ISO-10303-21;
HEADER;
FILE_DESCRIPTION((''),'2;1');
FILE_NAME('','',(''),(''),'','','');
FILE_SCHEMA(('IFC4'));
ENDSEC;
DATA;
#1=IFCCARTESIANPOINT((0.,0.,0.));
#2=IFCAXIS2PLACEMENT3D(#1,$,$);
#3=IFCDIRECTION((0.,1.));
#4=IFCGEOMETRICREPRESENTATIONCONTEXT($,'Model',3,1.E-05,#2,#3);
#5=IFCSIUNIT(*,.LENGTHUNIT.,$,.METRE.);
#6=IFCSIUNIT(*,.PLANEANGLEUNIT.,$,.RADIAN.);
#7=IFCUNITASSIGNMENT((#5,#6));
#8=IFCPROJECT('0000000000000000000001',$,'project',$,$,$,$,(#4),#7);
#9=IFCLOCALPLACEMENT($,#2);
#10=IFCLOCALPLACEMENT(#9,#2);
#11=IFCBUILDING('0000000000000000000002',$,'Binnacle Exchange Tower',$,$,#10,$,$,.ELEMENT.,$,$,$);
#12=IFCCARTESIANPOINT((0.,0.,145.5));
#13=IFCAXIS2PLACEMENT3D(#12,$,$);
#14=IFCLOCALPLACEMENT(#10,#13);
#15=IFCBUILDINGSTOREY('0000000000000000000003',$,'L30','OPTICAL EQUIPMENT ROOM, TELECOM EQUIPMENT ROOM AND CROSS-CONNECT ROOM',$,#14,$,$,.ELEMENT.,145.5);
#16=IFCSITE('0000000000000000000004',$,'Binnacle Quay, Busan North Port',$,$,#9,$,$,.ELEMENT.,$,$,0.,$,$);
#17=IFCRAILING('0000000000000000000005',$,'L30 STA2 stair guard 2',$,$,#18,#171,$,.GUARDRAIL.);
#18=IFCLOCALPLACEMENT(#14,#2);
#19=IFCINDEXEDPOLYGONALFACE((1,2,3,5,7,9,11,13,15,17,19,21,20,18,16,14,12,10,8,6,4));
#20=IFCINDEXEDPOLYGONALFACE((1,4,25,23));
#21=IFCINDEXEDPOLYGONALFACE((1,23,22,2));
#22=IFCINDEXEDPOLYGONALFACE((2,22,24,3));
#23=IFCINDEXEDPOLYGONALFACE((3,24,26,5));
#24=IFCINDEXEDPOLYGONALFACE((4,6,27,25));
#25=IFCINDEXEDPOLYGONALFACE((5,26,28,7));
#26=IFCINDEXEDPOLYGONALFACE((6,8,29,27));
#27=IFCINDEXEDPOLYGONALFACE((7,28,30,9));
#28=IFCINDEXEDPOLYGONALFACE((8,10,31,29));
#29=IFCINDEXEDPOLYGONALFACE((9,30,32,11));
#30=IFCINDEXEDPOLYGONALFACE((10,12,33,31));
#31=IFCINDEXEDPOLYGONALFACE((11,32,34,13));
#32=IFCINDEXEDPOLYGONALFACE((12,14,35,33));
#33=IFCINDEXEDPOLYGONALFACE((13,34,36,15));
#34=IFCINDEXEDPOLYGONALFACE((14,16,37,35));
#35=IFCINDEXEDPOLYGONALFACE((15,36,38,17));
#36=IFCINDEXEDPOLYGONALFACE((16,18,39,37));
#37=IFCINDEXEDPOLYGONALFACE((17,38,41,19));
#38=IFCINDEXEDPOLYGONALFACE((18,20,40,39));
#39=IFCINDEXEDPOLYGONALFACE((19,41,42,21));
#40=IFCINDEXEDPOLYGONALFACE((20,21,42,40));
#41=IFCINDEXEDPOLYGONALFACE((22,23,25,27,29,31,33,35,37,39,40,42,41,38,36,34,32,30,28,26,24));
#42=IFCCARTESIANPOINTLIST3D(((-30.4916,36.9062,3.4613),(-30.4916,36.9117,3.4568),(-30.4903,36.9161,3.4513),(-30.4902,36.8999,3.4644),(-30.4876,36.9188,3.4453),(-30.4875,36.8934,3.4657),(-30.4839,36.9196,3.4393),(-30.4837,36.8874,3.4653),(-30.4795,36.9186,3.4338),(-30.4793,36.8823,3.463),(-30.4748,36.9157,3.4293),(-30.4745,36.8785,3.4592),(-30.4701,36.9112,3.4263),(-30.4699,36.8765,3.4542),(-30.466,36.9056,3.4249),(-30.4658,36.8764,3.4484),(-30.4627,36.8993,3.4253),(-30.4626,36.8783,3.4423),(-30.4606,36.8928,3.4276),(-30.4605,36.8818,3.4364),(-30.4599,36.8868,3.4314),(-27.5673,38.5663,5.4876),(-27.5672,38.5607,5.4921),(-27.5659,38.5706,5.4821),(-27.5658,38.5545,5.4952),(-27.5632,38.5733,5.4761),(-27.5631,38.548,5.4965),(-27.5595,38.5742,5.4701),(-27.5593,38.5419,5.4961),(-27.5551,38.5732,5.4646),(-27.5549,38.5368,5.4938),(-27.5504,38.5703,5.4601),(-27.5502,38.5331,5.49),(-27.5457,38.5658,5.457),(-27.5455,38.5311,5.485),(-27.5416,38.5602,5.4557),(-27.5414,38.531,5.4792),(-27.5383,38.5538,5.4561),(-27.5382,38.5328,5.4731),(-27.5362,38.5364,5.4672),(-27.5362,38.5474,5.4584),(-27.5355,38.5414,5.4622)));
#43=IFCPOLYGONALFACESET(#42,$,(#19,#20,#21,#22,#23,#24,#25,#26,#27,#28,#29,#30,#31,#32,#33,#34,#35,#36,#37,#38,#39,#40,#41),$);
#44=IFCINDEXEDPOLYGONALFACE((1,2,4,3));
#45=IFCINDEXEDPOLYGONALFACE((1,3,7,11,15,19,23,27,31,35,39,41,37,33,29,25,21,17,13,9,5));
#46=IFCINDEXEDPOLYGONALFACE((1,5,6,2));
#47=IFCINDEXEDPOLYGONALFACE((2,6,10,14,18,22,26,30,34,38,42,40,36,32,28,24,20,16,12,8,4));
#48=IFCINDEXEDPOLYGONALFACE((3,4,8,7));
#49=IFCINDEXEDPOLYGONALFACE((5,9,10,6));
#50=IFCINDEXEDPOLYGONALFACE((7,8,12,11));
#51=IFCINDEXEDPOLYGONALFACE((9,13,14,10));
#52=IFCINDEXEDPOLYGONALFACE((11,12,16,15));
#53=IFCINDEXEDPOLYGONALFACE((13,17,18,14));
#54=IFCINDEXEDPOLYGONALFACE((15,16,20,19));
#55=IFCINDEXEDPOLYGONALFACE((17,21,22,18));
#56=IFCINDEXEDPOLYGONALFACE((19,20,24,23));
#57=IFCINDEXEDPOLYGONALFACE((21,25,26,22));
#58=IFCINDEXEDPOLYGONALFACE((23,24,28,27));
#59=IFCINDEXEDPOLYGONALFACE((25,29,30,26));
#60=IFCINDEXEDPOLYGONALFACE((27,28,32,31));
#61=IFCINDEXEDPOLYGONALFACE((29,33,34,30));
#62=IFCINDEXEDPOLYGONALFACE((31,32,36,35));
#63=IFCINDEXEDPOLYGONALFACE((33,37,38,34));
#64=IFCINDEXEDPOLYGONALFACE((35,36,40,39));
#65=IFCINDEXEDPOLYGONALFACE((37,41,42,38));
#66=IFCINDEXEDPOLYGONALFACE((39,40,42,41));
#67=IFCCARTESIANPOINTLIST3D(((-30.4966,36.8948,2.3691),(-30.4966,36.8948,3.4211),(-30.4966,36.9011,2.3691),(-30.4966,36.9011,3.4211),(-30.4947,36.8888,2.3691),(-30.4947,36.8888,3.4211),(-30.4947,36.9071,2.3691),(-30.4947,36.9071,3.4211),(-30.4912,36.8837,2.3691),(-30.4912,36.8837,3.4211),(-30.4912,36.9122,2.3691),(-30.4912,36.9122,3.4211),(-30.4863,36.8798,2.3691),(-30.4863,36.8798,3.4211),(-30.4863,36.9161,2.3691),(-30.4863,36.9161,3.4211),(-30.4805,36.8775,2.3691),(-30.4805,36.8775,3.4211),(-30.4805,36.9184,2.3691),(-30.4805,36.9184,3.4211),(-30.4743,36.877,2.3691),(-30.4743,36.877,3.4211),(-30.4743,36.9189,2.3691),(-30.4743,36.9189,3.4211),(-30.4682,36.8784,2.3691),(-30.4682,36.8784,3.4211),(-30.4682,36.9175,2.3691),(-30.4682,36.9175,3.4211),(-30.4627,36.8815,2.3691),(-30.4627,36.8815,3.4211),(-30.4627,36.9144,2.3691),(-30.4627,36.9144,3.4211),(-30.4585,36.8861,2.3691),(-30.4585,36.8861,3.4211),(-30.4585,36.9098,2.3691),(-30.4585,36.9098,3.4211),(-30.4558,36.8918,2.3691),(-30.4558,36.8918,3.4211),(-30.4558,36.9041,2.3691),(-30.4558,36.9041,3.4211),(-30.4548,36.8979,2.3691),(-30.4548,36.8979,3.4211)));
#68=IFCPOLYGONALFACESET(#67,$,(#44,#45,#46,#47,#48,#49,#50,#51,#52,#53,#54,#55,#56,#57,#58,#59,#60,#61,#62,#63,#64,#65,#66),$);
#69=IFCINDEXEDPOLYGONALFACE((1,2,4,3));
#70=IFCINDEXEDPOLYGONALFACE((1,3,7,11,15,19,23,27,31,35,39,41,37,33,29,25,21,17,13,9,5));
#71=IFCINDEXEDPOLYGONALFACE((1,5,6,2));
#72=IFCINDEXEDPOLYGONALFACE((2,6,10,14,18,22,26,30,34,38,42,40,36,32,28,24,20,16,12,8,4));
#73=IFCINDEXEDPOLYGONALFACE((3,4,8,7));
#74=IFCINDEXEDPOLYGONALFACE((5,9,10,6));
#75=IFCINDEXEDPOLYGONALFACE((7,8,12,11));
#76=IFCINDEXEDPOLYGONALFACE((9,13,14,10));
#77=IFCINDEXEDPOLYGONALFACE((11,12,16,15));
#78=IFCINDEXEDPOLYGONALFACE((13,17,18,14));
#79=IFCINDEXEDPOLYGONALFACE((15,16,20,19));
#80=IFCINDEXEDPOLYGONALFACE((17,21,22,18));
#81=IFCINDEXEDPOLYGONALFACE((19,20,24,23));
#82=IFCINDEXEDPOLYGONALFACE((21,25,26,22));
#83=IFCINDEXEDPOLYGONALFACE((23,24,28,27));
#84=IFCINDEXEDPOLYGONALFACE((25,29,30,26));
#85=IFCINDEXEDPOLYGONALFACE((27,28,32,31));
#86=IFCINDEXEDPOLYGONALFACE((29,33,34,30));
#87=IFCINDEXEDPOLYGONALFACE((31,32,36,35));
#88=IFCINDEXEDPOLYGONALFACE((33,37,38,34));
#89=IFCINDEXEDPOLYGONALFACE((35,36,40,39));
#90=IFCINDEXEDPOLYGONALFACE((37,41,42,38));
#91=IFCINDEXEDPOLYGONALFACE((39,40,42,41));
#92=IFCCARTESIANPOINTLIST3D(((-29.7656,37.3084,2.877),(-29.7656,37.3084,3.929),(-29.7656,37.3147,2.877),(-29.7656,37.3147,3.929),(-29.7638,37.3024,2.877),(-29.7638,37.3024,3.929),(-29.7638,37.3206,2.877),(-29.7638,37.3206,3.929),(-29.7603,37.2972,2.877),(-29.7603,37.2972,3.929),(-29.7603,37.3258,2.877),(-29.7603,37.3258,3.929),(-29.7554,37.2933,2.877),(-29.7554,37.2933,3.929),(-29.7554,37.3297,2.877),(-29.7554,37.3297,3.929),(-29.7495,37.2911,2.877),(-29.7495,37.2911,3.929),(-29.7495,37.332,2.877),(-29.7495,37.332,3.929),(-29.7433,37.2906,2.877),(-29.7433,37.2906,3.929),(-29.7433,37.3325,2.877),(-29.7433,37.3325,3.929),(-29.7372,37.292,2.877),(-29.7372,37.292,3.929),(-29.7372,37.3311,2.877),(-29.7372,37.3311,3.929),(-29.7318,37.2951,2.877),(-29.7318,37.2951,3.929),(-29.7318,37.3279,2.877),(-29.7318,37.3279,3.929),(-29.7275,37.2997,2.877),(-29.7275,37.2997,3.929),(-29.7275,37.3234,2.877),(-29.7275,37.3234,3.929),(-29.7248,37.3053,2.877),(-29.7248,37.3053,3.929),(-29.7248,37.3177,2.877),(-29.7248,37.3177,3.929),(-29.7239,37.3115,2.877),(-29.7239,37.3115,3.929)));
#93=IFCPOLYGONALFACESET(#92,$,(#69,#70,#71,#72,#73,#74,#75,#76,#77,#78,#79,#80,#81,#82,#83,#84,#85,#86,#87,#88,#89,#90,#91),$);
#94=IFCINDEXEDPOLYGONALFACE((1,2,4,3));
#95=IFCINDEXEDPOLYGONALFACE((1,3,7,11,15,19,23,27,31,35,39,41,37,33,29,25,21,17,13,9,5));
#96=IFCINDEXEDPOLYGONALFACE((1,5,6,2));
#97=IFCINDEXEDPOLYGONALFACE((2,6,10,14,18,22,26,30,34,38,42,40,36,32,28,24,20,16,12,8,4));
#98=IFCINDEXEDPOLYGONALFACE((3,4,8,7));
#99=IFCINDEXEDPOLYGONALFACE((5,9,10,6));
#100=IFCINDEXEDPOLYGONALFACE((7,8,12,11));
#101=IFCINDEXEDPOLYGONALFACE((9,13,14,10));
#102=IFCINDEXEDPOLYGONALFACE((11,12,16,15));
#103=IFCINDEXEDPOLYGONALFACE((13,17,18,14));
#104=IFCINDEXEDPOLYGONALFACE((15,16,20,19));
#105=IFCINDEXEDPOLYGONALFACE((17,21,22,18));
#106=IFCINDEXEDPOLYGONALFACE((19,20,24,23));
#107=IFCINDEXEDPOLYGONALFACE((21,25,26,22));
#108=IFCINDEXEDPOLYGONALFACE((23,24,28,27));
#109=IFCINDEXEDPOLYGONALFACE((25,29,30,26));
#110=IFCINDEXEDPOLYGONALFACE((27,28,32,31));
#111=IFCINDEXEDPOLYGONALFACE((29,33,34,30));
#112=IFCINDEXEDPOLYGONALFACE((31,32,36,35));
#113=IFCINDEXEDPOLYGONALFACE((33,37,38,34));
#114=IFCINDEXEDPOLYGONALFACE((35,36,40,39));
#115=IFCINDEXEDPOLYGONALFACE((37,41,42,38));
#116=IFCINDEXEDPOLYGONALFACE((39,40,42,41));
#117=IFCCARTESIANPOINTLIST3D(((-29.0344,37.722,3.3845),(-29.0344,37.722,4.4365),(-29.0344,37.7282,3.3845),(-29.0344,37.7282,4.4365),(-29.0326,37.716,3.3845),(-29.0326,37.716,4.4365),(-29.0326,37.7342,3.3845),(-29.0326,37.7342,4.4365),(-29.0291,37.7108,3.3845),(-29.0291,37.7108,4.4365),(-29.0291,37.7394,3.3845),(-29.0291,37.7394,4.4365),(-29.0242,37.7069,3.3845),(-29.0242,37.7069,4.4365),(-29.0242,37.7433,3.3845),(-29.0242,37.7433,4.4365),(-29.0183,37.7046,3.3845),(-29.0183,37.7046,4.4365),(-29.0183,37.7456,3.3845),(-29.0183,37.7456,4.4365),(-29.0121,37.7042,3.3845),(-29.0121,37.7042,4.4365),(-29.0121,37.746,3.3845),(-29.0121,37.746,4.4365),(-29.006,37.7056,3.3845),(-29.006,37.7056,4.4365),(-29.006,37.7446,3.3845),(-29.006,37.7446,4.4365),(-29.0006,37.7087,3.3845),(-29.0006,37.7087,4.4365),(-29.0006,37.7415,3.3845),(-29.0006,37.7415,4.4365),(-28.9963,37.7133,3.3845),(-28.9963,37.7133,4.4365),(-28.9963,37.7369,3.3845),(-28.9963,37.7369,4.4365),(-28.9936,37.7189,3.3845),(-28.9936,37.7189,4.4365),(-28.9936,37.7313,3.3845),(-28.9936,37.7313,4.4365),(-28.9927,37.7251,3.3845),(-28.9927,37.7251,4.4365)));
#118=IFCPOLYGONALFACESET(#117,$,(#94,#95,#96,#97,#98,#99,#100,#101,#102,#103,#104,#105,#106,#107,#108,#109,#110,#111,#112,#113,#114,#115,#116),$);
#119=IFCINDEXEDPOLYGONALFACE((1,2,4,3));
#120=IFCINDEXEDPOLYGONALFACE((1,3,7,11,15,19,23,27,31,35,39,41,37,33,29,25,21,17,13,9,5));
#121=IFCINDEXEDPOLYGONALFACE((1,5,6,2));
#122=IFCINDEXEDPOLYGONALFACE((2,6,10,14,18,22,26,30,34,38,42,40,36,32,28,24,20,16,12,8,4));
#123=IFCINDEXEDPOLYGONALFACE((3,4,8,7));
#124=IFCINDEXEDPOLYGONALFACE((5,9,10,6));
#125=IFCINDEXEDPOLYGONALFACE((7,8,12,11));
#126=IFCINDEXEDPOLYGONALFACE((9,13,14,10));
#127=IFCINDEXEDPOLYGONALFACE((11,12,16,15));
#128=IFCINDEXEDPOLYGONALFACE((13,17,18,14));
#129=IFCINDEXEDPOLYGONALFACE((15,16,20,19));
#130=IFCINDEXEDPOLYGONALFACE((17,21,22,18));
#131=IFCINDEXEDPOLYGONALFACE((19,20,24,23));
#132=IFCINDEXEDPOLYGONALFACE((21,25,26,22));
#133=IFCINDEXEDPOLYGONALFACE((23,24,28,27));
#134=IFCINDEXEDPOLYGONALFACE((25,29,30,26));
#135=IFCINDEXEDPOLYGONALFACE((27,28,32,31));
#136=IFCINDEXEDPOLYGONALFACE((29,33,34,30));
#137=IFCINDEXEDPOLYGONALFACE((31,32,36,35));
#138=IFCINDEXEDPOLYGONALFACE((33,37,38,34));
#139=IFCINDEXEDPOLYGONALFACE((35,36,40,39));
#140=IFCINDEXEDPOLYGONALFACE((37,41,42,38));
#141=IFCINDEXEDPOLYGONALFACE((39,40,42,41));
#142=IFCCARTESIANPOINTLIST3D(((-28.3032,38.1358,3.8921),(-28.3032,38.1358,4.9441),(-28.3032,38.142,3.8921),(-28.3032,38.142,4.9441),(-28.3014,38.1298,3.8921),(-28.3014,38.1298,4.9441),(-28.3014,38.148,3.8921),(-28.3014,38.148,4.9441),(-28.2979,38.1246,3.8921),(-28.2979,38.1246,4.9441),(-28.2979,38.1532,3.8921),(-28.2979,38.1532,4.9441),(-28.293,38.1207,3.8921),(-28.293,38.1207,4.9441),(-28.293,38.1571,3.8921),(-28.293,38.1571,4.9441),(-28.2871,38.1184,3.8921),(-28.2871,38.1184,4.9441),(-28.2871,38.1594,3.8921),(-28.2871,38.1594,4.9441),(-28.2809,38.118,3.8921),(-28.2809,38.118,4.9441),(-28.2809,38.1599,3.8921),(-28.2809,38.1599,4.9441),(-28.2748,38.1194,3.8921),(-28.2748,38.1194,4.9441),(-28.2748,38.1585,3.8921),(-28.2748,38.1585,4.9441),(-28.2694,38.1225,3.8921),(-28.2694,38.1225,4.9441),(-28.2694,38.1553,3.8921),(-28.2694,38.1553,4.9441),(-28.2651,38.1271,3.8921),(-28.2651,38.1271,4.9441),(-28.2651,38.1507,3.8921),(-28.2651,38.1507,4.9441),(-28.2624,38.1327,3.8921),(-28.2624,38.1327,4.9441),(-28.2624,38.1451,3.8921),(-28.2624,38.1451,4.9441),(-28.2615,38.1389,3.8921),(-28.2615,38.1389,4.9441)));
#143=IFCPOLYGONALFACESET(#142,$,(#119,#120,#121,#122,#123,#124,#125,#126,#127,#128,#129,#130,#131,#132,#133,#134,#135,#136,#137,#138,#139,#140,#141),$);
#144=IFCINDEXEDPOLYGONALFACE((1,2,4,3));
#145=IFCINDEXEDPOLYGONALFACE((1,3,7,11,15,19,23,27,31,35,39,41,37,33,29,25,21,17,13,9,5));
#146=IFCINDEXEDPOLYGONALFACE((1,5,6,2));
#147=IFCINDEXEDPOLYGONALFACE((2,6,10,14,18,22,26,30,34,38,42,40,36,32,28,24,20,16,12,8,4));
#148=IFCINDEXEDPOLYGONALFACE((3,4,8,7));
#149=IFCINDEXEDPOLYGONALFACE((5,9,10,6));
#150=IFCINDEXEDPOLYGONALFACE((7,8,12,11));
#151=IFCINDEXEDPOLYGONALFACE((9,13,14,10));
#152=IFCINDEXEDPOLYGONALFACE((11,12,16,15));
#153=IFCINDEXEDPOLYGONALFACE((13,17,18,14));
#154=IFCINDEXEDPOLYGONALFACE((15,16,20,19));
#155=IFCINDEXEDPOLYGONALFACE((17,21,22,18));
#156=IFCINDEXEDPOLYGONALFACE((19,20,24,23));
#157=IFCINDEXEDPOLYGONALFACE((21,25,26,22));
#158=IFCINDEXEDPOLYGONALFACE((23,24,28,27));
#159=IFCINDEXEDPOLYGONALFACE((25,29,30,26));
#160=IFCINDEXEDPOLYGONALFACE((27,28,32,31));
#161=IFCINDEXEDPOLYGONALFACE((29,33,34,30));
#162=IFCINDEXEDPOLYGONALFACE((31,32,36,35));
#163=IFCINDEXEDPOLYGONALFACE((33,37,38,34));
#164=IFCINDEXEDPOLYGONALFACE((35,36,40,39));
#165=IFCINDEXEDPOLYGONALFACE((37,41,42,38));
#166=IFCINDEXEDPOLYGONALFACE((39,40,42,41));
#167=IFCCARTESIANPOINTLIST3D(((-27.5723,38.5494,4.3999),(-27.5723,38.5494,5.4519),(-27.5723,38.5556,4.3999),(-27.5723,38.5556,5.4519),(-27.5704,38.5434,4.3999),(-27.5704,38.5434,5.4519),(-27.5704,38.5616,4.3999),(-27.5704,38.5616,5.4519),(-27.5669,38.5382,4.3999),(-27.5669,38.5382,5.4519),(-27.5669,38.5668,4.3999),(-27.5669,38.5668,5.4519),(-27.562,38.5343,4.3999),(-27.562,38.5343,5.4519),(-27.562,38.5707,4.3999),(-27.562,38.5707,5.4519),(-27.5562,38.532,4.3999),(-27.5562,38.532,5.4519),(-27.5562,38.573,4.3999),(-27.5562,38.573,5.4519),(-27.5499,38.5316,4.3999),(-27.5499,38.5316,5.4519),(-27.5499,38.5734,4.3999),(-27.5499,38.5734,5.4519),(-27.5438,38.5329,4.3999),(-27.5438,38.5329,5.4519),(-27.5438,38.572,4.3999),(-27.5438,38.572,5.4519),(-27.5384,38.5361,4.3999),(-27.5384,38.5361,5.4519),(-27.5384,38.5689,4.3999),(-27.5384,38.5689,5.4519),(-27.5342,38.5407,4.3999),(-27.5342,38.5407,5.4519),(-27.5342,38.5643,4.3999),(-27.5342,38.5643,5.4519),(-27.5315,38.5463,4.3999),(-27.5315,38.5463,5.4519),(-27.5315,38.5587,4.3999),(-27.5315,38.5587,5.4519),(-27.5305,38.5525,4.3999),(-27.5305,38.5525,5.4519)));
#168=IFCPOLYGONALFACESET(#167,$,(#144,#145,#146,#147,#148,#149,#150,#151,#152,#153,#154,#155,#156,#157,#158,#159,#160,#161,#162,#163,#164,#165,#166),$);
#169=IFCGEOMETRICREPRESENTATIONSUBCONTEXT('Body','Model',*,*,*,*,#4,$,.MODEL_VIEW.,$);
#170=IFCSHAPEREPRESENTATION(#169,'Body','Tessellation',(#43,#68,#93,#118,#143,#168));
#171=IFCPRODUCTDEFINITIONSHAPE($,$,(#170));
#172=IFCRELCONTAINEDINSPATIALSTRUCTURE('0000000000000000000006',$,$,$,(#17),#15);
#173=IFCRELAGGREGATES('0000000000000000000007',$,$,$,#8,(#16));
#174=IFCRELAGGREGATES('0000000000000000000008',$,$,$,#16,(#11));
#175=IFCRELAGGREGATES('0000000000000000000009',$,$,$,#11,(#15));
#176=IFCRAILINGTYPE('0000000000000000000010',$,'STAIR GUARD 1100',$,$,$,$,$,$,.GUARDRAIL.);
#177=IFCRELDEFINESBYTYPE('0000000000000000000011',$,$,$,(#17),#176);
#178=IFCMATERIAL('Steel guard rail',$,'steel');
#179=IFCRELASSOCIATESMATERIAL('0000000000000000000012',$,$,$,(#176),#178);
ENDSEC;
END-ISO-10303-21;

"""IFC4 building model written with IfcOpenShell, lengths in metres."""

from ifc_helpers import new_model, si_unit, direction, frame, origin, origin_2d, place, context, subcontext, project, spatial, circle, extrude, material, type_object, element, save


model = new_model("IFC4")

# Units and contexts
model_context = context("Model", 3, precision=1e-05, world=origin(), true_north=direction((0.0, 1.0)))
body_context = subcontext(model_context, "Body", "Model", "MODEL_VIEW")
ifc_project = project(units=[si_unit("LENGTHUNIT", "METRE"), si_unit("PLANEANGLEUNIT", "RADIAN")], contexts=[model_context])

# Site, building, storey
site_placement = place(None, origin())
site = spatial("IfcSite", under=ifc_project, at=site_placement, Name="Binnacle Quay, Busan North Port", CompositionType="ELEMENT", RefElevation=0.0)
building_placement = place(site_placement, origin())
building = spatial("IfcBuilding", under=site, at=building_placement, Name="Binnacle Exchange Tower", CompositionType="ELEMENT")
storey_placement = place(building_placement, frame((0.0, 0.0, 145.5)))
storey = spatial("IfcBuildingStorey", under=building, at=storey_placement, Name="L30", Description="OPTICAL EQUIPMENT ROOM, TELECOM EQUIPMENT ROOM AND CROSS-CONNECT ROOM", CompositionType="ELEMENT", Elevation=145.5)

# Railing
ifc_material_1 = material(Name="Steel guard rail", Category="steel")
railing_type = type_object("IfcRailingType", Name="STAIR GUARD 1100", PredefinedType="GUARDRAIL", material=ifc_material_1)
railing_placement = place(storey_placement, frame((-30.4758, 36.8979, 2.3691)))
element("IfcRailing", 1, at=railing_placement, inside=storey, type_object=railing_type, Name="L30 STA2 stair guard 2", PredefinedType="GUARDRAIL", context=body_context, shape_type="SweptSolid", body=[
    extrude(circle(Radius=0.0239, at=origin_2d()), frame((0.0, 0.0, 1.0762), z_axis=(0.744867, 0.421437, 0.517266), x_axis=(-0.492433, 0.87035, 0.0)), (0.0, 0.0, 1.0), 3.926),
    extrude(circle(Radius=0.021, at=origin_2d()), origin(), (0.0, 0.0, 1.0), 1.052),
    extrude(circle(Radius=0.021, at=origin_2d()), frame((0.731, 0.4136, 0.5078)), (0.0, 0.0, 1.0), 1.052),
    extrude(circle(Radius=0.021, at=origin_2d()), frame((1.4622, 0.8271, 1.0154)), (0.0, 0.0, 1.0), 1.052),
    extrude(circle(Radius=0.021, at=origin_2d()), frame((2.1934, 1.241, 1.5229)), (0.0, 0.0, 1.0), 1.052),
    extrude(circle(Radius=0.021, at=origin_2d()), frame((2.9243, 1.6545, 2.0308)), (0.0, 0.0, 1.0), 1.052),
])

save(model, "model.ifc")
